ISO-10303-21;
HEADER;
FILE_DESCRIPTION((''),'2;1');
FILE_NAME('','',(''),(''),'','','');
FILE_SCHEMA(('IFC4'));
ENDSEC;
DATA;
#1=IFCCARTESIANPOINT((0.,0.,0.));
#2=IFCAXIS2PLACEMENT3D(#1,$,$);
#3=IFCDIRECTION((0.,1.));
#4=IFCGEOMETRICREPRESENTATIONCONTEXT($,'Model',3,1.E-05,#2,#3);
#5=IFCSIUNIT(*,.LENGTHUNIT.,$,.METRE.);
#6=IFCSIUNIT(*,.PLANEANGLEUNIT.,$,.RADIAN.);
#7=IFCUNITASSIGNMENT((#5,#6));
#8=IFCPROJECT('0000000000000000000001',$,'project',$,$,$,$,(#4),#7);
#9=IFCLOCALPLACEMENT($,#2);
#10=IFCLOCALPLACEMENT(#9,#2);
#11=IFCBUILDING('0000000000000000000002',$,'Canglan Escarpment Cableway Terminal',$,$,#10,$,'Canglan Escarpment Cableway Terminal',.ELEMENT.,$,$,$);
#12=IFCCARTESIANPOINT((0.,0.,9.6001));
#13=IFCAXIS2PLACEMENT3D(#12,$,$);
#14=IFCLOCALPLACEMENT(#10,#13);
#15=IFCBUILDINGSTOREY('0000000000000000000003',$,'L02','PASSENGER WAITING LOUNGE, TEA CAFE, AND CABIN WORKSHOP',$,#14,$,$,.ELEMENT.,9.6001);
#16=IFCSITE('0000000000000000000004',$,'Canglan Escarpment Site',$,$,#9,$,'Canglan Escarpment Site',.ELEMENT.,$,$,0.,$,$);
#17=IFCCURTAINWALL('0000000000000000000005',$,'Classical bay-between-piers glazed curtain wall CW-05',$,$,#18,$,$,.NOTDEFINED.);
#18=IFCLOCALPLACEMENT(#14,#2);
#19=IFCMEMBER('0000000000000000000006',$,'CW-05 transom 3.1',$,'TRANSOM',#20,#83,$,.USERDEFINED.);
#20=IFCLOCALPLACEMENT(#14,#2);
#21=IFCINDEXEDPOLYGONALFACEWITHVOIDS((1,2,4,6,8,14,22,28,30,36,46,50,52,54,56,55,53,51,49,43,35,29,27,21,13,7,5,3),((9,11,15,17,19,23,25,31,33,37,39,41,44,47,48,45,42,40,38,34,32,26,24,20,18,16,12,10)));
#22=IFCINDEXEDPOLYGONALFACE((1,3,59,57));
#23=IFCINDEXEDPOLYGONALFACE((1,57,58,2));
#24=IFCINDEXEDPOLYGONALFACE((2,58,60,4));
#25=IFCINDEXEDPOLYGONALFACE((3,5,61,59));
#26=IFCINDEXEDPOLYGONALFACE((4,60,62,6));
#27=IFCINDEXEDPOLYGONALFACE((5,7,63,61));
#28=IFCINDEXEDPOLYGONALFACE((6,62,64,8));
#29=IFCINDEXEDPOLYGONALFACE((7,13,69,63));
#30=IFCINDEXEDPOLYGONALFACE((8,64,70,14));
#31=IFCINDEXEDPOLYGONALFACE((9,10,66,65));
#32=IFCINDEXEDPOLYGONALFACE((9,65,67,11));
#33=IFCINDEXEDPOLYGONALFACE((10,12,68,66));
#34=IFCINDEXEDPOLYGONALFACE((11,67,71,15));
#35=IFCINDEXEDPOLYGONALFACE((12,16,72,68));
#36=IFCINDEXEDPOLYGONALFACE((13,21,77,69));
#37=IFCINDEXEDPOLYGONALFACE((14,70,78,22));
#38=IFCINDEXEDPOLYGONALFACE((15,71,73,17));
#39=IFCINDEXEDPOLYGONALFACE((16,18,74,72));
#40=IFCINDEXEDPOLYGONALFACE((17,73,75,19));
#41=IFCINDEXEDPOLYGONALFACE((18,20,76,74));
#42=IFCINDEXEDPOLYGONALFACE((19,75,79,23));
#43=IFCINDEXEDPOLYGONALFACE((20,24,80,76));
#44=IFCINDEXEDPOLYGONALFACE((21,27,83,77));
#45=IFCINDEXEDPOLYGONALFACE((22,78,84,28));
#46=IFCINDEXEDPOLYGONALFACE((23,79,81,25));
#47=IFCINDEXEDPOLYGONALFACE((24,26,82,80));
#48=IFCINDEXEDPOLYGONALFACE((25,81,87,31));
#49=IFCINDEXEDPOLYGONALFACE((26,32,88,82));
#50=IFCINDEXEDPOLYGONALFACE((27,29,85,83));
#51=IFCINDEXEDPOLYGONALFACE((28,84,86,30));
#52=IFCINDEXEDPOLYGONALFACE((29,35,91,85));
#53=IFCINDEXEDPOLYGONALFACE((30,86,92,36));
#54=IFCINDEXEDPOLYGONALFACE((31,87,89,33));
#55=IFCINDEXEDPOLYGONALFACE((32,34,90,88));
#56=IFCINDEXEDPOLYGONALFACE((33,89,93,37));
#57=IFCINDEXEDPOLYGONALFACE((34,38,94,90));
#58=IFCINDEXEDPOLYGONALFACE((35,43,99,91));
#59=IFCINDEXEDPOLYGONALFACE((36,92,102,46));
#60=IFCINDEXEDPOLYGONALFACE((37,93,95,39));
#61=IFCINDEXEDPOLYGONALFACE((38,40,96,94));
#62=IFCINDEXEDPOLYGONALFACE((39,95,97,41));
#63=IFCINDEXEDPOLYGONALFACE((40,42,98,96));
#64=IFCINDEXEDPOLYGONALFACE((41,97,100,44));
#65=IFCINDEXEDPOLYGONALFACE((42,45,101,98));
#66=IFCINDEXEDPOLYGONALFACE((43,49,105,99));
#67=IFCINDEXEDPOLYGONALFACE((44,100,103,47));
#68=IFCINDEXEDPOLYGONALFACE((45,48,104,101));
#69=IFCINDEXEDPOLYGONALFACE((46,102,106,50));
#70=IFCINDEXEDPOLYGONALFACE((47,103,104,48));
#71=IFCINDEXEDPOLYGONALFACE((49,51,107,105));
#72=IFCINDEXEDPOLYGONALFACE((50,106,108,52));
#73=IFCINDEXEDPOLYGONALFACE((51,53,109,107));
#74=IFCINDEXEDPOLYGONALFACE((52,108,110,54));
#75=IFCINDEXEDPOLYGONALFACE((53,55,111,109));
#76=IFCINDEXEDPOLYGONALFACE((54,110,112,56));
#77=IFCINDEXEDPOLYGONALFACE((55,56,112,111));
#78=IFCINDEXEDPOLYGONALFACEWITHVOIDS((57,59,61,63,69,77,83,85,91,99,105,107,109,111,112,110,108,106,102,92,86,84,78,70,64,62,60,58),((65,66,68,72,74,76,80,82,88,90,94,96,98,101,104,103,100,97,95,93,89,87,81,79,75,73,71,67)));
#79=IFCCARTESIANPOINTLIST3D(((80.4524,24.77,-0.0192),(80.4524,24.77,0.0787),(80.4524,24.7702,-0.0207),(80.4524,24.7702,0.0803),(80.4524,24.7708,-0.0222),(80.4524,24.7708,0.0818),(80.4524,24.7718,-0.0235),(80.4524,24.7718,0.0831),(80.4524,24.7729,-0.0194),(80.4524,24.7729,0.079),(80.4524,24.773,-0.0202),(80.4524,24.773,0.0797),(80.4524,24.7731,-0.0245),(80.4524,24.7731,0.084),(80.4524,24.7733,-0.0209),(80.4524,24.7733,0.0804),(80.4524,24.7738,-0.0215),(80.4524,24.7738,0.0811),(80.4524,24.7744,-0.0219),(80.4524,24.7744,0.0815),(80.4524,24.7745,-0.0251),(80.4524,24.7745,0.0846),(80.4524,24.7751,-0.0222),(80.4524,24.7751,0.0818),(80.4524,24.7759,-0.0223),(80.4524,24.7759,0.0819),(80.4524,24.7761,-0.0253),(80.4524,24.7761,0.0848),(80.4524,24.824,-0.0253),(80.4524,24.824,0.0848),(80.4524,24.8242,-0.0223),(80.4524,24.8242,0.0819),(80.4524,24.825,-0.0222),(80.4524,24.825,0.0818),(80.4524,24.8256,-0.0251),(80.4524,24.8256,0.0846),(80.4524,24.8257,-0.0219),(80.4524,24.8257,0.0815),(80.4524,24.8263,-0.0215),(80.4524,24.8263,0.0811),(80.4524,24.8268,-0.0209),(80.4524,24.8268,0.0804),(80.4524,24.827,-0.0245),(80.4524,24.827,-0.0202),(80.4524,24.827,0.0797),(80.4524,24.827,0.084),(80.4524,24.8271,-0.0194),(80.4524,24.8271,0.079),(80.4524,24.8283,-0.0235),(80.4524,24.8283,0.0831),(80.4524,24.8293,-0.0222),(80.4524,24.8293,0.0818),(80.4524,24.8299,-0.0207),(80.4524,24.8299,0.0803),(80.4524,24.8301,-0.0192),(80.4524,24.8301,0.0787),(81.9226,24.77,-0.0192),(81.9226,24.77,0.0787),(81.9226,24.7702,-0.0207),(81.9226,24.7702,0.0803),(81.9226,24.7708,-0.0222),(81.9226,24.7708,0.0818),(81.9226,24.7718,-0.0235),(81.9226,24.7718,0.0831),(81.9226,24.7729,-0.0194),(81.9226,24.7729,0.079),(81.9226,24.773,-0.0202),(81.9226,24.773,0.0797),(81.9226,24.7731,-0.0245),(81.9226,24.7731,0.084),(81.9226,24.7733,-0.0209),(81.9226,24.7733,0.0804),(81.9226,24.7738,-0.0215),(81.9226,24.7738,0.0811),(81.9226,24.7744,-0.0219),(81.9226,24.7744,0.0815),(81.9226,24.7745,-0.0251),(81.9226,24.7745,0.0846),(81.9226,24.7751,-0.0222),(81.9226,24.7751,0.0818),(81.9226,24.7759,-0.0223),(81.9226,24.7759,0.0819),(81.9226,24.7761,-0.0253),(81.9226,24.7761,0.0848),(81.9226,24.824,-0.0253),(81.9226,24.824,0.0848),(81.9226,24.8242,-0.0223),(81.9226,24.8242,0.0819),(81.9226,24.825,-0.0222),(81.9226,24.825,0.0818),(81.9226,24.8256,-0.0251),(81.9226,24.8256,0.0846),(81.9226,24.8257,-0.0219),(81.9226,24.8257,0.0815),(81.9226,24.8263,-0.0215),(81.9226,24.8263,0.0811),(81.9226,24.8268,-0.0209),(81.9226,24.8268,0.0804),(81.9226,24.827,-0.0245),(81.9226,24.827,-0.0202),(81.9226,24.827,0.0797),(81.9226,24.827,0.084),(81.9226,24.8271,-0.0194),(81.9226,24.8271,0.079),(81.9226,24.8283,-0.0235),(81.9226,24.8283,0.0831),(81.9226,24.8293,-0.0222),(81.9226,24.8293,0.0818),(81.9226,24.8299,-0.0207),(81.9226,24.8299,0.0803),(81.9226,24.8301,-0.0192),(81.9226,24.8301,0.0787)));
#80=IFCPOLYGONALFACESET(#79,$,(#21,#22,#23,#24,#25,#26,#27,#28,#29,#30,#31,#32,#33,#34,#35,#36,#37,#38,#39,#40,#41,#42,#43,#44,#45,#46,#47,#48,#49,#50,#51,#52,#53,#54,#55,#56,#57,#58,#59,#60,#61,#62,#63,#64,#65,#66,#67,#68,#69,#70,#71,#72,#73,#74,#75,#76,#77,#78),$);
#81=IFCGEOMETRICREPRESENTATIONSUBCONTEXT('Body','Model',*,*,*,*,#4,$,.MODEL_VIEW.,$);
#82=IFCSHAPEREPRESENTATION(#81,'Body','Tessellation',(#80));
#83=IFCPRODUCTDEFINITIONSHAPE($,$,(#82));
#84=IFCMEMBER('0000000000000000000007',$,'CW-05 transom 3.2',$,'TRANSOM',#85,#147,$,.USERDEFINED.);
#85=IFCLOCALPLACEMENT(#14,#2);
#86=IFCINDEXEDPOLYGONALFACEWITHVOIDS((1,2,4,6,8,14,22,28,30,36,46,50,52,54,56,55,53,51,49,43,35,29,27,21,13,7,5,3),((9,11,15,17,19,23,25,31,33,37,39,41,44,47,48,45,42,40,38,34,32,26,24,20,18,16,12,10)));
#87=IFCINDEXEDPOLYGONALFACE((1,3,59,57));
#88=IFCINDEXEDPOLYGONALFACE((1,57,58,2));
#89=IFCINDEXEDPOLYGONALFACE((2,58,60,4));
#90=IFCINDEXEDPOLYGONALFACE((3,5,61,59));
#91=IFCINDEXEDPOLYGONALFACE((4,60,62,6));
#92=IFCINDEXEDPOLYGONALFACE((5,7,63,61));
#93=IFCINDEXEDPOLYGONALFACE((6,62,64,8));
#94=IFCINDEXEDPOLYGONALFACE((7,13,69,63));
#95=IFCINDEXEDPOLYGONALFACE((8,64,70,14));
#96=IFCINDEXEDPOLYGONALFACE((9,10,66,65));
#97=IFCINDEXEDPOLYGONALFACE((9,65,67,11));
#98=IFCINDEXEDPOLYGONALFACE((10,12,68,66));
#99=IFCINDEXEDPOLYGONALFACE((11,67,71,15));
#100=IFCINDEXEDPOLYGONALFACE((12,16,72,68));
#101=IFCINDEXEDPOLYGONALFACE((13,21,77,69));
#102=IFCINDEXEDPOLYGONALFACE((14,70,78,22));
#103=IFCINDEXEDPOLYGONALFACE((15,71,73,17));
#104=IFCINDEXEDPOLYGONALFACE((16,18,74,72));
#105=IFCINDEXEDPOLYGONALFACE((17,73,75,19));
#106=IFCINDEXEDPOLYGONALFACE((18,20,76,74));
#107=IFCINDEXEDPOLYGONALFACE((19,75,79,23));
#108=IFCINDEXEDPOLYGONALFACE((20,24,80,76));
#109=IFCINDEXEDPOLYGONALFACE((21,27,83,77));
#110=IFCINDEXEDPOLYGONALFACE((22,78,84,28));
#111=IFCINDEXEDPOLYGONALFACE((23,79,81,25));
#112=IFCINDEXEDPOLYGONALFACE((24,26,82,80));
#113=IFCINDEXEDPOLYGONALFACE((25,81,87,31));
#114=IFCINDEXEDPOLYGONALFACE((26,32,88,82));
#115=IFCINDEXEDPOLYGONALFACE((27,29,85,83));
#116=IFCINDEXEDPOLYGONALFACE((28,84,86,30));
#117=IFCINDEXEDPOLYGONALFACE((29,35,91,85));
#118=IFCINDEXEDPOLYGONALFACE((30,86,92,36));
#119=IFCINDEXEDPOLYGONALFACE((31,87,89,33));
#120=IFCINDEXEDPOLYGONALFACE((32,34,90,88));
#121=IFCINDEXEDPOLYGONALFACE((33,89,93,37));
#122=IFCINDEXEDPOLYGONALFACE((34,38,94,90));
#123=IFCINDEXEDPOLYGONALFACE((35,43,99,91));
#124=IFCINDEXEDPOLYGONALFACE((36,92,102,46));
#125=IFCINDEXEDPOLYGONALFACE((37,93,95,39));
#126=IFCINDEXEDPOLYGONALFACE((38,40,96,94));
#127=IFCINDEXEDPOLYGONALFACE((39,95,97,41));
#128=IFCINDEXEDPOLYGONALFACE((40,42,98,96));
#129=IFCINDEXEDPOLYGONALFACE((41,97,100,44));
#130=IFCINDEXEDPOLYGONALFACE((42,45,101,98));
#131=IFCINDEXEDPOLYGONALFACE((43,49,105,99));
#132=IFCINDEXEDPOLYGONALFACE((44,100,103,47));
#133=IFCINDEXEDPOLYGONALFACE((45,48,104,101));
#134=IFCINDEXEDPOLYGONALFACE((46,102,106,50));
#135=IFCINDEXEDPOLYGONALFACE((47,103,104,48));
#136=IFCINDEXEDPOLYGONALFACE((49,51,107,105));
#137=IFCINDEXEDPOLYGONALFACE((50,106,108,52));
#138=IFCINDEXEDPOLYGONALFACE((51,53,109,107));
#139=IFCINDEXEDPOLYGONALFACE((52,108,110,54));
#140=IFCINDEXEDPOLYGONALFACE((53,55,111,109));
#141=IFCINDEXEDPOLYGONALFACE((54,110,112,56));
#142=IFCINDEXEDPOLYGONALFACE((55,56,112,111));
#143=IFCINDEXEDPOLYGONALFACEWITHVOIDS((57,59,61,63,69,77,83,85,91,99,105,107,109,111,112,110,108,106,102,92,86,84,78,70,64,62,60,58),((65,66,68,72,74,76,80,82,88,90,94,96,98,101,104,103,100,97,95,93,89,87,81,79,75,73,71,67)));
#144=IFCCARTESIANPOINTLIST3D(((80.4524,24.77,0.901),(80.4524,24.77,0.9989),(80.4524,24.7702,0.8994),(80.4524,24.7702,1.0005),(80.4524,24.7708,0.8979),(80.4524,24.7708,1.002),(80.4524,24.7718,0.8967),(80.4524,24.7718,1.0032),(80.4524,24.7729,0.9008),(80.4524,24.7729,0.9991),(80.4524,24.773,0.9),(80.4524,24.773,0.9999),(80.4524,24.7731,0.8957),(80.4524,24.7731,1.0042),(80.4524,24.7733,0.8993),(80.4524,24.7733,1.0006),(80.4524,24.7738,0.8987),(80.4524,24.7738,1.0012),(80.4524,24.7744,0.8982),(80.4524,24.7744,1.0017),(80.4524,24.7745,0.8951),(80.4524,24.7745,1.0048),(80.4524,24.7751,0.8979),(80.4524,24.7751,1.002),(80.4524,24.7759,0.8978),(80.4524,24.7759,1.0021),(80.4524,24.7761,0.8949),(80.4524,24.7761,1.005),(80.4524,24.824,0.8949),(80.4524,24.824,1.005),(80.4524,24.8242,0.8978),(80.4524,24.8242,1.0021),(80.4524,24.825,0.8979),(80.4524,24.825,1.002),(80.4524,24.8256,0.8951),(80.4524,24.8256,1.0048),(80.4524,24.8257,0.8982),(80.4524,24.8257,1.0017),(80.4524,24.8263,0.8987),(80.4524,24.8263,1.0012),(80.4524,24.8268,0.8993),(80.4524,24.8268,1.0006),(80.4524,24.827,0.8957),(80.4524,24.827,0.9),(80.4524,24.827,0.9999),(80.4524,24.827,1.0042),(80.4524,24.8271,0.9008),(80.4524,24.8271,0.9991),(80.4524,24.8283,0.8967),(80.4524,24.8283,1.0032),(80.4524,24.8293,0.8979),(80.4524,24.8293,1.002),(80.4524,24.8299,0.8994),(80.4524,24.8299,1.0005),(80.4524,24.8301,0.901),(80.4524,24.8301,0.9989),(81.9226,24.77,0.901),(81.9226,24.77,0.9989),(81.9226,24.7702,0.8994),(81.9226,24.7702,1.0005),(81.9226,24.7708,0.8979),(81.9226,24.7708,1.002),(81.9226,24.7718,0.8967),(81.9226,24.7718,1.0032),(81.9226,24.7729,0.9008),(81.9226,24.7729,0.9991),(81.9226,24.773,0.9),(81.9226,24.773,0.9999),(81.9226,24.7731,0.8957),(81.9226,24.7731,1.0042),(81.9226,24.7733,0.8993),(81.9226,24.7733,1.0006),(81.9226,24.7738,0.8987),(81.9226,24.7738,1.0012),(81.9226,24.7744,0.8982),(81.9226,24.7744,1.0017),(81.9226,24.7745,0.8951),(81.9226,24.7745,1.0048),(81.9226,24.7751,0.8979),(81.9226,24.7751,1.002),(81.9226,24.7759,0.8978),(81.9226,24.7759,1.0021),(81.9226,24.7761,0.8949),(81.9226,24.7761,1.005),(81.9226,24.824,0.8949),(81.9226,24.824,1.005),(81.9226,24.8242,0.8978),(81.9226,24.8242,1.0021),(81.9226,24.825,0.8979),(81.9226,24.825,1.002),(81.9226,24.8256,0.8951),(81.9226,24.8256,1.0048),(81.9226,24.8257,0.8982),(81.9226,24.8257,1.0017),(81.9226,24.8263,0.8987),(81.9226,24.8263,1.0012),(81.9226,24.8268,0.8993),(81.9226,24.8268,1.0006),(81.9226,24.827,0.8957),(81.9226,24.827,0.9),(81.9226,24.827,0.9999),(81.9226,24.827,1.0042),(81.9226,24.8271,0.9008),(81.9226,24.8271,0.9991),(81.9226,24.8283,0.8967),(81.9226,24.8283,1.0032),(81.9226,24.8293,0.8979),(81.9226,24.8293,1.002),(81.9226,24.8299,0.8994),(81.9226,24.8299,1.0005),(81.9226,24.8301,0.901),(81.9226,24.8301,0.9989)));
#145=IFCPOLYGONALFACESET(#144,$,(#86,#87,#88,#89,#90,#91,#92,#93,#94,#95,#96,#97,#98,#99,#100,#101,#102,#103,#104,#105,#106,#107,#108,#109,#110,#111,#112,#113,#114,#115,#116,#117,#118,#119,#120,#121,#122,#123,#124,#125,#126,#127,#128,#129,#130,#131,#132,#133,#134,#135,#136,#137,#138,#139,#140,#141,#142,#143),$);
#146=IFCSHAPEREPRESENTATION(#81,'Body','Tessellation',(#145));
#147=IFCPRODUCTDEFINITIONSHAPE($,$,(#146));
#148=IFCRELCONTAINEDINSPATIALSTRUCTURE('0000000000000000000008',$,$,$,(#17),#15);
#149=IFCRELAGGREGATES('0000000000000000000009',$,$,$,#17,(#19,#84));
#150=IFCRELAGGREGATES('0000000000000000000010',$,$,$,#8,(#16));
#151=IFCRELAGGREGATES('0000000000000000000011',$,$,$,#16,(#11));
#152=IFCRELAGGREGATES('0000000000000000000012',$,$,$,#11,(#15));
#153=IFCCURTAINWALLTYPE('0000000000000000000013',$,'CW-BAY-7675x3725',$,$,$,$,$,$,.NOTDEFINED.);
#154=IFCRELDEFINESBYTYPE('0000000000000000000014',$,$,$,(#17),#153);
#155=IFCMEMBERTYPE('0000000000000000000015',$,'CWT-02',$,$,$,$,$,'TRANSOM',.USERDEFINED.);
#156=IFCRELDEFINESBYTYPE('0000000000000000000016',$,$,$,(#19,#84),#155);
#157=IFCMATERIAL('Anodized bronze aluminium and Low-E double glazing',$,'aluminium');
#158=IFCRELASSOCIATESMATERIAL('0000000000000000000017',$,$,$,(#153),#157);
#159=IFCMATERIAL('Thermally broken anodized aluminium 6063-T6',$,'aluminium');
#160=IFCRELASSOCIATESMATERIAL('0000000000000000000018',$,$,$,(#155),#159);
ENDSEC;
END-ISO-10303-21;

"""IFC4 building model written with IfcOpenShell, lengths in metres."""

from ifc_helpers import new_model, si_unit, direction, frame, origin, origin_2d, place, context, subcontext, project, spatial, hollow_rectangle, extrude, material, material_profile, profile_set, type_object, element, aggregate, save


model = new_model("IFC4")

# Units and contexts
model_context = context("Model", 3, precision=1e-05, world=origin(), true_north=direction((0.0, 1.0)))
body_context = subcontext(model_context, "Body", "Model", "MODEL_VIEW")
ifc_project = project(units=[si_unit("LENGTHUNIT", "METRE"), si_unit("PLANEANGLEUNIT", "RADIAN")], contexts=[model_context])

# Site, building, storey
site_placement = place(None, origin())
site = spatial("IfcSite", under=ifc_project, at=site_placement, Name="Canglan Escarpment Site", LongName="Canglan Escarpment Site", CompositionType="ELEMENT", RefElevation=0.0)
building_placement = place(site_placement, origin())
building = spatial("IfcBuilding", under=site, at=building_placement, Name="Canglan Escarpment Cableway Terminal", LongName="Canglan Escarpment Cableway Terminal", CompositionType="ELEMENT")
storey_placement = place(building_placement, frame((0.0, 0.0, 9.6001)))
storey = spatial("IfcBuildingStorey", under=building, at=storey_placement, Name="L02", Description="PASSENGER WAITING LOUNGE, TEA CAFE, AND CABIN WORKSHOP", CompositionType="ELEMENT", Elevation=9.6001)

# Curtain wall, members
ifc_material_1 = material(Name="Anodized bronze aluminium and Low-E double glazing", Category="aluminium")
curtain_wall_type = type_object("IfcCurtainWallType", Name="CW-BAY-7675x3725", PredefinedType="NOTDEFINED", material=ifc_material_1)
curtain_wall_placement = place(storey_placement, origin())
curtain_wall = element("IfcCurtainWall", 1, at=curtain_wall_placement, inside=storey, type_object=curtain_wall_type, Name="Classical bay-between-piers glazed curtain wall CW-05", PredefinedType="NOTDEFINED")
ifc_material_2 = material(Name="Thermally broken anodized aluminium 6063-T6", Category="aluminium")
ifc_material_profile_1 = material_profile(ifc_material_2, hollow_rectangle(XDim=0.0601, YDim=0.1101, WallThickness=0.0029, InnerFilletRadius=0.0029, OuterFilletRadius=0.0061, at=origin_2d()), Name="ALU-TRAN 60x110x3")
ifc_profile_set_1 = profile_set([ifc_material_profile_1], Name="Thermally broken anodized aluminium 6063-T6")
member_type_1 = type_object("IfcMemberType", Name="CWT-02", ElementType="TRANSOM", PredefinedType="USERDEFINED", material=ifc_profile_set_1)
member_1_placement = place(storey_placement, frame((81.9226, 24.8, 0.0298), z_axis=(-1.0, 0.0, 0.0), x_axis=(0.0, -1.0, 0.0)))
member_1 = element("IfcMember", 2, at=member_1_placement, type_object=member_type_1, Name="CW-05 transom 3.1", ObjectType="TRANSOM", PredefinedType="USERDEFINED", context=body_context, shape_type="SweptSolid", body=[
    extrude(hollow_rectangle(XDim=0.0601, YDim=0.1101, WallThickness=0.0029, InnerFilletRadius=0.0029, OuterFilletRadius=0.0061, at=origin_2d()), origin(), (0.0, 0.0, 1.0), 1.4702),
])
member_2_placement = place(storey_placement, frame((81.9226, 24.8, 0.95), z_axis=(-1.0, 0.0, 0.0), x_axis=(0.0, -1.0, 0.0)))
member_2 = element("IfcMember", 3, at=member_2_placement, type_object=member_type_1, Name="CW-05 transom 3.2", ObjectType="TRANSOM", PredefinedType="USERDEFINED", context=body_context, shape_type="SweptSolid", body=[
    extrude(hollow_rectangle(XDim=0.0601, YDim=0.1101, WallThickness=0.0029, InnerFilletRadius=0.0029, OuterFilletRadius=0.0061, at=origin_2d()), origin(), (0.0, 0.0, 1.0), 1.4702),
])

aggregate(curtain_wall, [member_1, member_2])

save(model, "model.ifc")
